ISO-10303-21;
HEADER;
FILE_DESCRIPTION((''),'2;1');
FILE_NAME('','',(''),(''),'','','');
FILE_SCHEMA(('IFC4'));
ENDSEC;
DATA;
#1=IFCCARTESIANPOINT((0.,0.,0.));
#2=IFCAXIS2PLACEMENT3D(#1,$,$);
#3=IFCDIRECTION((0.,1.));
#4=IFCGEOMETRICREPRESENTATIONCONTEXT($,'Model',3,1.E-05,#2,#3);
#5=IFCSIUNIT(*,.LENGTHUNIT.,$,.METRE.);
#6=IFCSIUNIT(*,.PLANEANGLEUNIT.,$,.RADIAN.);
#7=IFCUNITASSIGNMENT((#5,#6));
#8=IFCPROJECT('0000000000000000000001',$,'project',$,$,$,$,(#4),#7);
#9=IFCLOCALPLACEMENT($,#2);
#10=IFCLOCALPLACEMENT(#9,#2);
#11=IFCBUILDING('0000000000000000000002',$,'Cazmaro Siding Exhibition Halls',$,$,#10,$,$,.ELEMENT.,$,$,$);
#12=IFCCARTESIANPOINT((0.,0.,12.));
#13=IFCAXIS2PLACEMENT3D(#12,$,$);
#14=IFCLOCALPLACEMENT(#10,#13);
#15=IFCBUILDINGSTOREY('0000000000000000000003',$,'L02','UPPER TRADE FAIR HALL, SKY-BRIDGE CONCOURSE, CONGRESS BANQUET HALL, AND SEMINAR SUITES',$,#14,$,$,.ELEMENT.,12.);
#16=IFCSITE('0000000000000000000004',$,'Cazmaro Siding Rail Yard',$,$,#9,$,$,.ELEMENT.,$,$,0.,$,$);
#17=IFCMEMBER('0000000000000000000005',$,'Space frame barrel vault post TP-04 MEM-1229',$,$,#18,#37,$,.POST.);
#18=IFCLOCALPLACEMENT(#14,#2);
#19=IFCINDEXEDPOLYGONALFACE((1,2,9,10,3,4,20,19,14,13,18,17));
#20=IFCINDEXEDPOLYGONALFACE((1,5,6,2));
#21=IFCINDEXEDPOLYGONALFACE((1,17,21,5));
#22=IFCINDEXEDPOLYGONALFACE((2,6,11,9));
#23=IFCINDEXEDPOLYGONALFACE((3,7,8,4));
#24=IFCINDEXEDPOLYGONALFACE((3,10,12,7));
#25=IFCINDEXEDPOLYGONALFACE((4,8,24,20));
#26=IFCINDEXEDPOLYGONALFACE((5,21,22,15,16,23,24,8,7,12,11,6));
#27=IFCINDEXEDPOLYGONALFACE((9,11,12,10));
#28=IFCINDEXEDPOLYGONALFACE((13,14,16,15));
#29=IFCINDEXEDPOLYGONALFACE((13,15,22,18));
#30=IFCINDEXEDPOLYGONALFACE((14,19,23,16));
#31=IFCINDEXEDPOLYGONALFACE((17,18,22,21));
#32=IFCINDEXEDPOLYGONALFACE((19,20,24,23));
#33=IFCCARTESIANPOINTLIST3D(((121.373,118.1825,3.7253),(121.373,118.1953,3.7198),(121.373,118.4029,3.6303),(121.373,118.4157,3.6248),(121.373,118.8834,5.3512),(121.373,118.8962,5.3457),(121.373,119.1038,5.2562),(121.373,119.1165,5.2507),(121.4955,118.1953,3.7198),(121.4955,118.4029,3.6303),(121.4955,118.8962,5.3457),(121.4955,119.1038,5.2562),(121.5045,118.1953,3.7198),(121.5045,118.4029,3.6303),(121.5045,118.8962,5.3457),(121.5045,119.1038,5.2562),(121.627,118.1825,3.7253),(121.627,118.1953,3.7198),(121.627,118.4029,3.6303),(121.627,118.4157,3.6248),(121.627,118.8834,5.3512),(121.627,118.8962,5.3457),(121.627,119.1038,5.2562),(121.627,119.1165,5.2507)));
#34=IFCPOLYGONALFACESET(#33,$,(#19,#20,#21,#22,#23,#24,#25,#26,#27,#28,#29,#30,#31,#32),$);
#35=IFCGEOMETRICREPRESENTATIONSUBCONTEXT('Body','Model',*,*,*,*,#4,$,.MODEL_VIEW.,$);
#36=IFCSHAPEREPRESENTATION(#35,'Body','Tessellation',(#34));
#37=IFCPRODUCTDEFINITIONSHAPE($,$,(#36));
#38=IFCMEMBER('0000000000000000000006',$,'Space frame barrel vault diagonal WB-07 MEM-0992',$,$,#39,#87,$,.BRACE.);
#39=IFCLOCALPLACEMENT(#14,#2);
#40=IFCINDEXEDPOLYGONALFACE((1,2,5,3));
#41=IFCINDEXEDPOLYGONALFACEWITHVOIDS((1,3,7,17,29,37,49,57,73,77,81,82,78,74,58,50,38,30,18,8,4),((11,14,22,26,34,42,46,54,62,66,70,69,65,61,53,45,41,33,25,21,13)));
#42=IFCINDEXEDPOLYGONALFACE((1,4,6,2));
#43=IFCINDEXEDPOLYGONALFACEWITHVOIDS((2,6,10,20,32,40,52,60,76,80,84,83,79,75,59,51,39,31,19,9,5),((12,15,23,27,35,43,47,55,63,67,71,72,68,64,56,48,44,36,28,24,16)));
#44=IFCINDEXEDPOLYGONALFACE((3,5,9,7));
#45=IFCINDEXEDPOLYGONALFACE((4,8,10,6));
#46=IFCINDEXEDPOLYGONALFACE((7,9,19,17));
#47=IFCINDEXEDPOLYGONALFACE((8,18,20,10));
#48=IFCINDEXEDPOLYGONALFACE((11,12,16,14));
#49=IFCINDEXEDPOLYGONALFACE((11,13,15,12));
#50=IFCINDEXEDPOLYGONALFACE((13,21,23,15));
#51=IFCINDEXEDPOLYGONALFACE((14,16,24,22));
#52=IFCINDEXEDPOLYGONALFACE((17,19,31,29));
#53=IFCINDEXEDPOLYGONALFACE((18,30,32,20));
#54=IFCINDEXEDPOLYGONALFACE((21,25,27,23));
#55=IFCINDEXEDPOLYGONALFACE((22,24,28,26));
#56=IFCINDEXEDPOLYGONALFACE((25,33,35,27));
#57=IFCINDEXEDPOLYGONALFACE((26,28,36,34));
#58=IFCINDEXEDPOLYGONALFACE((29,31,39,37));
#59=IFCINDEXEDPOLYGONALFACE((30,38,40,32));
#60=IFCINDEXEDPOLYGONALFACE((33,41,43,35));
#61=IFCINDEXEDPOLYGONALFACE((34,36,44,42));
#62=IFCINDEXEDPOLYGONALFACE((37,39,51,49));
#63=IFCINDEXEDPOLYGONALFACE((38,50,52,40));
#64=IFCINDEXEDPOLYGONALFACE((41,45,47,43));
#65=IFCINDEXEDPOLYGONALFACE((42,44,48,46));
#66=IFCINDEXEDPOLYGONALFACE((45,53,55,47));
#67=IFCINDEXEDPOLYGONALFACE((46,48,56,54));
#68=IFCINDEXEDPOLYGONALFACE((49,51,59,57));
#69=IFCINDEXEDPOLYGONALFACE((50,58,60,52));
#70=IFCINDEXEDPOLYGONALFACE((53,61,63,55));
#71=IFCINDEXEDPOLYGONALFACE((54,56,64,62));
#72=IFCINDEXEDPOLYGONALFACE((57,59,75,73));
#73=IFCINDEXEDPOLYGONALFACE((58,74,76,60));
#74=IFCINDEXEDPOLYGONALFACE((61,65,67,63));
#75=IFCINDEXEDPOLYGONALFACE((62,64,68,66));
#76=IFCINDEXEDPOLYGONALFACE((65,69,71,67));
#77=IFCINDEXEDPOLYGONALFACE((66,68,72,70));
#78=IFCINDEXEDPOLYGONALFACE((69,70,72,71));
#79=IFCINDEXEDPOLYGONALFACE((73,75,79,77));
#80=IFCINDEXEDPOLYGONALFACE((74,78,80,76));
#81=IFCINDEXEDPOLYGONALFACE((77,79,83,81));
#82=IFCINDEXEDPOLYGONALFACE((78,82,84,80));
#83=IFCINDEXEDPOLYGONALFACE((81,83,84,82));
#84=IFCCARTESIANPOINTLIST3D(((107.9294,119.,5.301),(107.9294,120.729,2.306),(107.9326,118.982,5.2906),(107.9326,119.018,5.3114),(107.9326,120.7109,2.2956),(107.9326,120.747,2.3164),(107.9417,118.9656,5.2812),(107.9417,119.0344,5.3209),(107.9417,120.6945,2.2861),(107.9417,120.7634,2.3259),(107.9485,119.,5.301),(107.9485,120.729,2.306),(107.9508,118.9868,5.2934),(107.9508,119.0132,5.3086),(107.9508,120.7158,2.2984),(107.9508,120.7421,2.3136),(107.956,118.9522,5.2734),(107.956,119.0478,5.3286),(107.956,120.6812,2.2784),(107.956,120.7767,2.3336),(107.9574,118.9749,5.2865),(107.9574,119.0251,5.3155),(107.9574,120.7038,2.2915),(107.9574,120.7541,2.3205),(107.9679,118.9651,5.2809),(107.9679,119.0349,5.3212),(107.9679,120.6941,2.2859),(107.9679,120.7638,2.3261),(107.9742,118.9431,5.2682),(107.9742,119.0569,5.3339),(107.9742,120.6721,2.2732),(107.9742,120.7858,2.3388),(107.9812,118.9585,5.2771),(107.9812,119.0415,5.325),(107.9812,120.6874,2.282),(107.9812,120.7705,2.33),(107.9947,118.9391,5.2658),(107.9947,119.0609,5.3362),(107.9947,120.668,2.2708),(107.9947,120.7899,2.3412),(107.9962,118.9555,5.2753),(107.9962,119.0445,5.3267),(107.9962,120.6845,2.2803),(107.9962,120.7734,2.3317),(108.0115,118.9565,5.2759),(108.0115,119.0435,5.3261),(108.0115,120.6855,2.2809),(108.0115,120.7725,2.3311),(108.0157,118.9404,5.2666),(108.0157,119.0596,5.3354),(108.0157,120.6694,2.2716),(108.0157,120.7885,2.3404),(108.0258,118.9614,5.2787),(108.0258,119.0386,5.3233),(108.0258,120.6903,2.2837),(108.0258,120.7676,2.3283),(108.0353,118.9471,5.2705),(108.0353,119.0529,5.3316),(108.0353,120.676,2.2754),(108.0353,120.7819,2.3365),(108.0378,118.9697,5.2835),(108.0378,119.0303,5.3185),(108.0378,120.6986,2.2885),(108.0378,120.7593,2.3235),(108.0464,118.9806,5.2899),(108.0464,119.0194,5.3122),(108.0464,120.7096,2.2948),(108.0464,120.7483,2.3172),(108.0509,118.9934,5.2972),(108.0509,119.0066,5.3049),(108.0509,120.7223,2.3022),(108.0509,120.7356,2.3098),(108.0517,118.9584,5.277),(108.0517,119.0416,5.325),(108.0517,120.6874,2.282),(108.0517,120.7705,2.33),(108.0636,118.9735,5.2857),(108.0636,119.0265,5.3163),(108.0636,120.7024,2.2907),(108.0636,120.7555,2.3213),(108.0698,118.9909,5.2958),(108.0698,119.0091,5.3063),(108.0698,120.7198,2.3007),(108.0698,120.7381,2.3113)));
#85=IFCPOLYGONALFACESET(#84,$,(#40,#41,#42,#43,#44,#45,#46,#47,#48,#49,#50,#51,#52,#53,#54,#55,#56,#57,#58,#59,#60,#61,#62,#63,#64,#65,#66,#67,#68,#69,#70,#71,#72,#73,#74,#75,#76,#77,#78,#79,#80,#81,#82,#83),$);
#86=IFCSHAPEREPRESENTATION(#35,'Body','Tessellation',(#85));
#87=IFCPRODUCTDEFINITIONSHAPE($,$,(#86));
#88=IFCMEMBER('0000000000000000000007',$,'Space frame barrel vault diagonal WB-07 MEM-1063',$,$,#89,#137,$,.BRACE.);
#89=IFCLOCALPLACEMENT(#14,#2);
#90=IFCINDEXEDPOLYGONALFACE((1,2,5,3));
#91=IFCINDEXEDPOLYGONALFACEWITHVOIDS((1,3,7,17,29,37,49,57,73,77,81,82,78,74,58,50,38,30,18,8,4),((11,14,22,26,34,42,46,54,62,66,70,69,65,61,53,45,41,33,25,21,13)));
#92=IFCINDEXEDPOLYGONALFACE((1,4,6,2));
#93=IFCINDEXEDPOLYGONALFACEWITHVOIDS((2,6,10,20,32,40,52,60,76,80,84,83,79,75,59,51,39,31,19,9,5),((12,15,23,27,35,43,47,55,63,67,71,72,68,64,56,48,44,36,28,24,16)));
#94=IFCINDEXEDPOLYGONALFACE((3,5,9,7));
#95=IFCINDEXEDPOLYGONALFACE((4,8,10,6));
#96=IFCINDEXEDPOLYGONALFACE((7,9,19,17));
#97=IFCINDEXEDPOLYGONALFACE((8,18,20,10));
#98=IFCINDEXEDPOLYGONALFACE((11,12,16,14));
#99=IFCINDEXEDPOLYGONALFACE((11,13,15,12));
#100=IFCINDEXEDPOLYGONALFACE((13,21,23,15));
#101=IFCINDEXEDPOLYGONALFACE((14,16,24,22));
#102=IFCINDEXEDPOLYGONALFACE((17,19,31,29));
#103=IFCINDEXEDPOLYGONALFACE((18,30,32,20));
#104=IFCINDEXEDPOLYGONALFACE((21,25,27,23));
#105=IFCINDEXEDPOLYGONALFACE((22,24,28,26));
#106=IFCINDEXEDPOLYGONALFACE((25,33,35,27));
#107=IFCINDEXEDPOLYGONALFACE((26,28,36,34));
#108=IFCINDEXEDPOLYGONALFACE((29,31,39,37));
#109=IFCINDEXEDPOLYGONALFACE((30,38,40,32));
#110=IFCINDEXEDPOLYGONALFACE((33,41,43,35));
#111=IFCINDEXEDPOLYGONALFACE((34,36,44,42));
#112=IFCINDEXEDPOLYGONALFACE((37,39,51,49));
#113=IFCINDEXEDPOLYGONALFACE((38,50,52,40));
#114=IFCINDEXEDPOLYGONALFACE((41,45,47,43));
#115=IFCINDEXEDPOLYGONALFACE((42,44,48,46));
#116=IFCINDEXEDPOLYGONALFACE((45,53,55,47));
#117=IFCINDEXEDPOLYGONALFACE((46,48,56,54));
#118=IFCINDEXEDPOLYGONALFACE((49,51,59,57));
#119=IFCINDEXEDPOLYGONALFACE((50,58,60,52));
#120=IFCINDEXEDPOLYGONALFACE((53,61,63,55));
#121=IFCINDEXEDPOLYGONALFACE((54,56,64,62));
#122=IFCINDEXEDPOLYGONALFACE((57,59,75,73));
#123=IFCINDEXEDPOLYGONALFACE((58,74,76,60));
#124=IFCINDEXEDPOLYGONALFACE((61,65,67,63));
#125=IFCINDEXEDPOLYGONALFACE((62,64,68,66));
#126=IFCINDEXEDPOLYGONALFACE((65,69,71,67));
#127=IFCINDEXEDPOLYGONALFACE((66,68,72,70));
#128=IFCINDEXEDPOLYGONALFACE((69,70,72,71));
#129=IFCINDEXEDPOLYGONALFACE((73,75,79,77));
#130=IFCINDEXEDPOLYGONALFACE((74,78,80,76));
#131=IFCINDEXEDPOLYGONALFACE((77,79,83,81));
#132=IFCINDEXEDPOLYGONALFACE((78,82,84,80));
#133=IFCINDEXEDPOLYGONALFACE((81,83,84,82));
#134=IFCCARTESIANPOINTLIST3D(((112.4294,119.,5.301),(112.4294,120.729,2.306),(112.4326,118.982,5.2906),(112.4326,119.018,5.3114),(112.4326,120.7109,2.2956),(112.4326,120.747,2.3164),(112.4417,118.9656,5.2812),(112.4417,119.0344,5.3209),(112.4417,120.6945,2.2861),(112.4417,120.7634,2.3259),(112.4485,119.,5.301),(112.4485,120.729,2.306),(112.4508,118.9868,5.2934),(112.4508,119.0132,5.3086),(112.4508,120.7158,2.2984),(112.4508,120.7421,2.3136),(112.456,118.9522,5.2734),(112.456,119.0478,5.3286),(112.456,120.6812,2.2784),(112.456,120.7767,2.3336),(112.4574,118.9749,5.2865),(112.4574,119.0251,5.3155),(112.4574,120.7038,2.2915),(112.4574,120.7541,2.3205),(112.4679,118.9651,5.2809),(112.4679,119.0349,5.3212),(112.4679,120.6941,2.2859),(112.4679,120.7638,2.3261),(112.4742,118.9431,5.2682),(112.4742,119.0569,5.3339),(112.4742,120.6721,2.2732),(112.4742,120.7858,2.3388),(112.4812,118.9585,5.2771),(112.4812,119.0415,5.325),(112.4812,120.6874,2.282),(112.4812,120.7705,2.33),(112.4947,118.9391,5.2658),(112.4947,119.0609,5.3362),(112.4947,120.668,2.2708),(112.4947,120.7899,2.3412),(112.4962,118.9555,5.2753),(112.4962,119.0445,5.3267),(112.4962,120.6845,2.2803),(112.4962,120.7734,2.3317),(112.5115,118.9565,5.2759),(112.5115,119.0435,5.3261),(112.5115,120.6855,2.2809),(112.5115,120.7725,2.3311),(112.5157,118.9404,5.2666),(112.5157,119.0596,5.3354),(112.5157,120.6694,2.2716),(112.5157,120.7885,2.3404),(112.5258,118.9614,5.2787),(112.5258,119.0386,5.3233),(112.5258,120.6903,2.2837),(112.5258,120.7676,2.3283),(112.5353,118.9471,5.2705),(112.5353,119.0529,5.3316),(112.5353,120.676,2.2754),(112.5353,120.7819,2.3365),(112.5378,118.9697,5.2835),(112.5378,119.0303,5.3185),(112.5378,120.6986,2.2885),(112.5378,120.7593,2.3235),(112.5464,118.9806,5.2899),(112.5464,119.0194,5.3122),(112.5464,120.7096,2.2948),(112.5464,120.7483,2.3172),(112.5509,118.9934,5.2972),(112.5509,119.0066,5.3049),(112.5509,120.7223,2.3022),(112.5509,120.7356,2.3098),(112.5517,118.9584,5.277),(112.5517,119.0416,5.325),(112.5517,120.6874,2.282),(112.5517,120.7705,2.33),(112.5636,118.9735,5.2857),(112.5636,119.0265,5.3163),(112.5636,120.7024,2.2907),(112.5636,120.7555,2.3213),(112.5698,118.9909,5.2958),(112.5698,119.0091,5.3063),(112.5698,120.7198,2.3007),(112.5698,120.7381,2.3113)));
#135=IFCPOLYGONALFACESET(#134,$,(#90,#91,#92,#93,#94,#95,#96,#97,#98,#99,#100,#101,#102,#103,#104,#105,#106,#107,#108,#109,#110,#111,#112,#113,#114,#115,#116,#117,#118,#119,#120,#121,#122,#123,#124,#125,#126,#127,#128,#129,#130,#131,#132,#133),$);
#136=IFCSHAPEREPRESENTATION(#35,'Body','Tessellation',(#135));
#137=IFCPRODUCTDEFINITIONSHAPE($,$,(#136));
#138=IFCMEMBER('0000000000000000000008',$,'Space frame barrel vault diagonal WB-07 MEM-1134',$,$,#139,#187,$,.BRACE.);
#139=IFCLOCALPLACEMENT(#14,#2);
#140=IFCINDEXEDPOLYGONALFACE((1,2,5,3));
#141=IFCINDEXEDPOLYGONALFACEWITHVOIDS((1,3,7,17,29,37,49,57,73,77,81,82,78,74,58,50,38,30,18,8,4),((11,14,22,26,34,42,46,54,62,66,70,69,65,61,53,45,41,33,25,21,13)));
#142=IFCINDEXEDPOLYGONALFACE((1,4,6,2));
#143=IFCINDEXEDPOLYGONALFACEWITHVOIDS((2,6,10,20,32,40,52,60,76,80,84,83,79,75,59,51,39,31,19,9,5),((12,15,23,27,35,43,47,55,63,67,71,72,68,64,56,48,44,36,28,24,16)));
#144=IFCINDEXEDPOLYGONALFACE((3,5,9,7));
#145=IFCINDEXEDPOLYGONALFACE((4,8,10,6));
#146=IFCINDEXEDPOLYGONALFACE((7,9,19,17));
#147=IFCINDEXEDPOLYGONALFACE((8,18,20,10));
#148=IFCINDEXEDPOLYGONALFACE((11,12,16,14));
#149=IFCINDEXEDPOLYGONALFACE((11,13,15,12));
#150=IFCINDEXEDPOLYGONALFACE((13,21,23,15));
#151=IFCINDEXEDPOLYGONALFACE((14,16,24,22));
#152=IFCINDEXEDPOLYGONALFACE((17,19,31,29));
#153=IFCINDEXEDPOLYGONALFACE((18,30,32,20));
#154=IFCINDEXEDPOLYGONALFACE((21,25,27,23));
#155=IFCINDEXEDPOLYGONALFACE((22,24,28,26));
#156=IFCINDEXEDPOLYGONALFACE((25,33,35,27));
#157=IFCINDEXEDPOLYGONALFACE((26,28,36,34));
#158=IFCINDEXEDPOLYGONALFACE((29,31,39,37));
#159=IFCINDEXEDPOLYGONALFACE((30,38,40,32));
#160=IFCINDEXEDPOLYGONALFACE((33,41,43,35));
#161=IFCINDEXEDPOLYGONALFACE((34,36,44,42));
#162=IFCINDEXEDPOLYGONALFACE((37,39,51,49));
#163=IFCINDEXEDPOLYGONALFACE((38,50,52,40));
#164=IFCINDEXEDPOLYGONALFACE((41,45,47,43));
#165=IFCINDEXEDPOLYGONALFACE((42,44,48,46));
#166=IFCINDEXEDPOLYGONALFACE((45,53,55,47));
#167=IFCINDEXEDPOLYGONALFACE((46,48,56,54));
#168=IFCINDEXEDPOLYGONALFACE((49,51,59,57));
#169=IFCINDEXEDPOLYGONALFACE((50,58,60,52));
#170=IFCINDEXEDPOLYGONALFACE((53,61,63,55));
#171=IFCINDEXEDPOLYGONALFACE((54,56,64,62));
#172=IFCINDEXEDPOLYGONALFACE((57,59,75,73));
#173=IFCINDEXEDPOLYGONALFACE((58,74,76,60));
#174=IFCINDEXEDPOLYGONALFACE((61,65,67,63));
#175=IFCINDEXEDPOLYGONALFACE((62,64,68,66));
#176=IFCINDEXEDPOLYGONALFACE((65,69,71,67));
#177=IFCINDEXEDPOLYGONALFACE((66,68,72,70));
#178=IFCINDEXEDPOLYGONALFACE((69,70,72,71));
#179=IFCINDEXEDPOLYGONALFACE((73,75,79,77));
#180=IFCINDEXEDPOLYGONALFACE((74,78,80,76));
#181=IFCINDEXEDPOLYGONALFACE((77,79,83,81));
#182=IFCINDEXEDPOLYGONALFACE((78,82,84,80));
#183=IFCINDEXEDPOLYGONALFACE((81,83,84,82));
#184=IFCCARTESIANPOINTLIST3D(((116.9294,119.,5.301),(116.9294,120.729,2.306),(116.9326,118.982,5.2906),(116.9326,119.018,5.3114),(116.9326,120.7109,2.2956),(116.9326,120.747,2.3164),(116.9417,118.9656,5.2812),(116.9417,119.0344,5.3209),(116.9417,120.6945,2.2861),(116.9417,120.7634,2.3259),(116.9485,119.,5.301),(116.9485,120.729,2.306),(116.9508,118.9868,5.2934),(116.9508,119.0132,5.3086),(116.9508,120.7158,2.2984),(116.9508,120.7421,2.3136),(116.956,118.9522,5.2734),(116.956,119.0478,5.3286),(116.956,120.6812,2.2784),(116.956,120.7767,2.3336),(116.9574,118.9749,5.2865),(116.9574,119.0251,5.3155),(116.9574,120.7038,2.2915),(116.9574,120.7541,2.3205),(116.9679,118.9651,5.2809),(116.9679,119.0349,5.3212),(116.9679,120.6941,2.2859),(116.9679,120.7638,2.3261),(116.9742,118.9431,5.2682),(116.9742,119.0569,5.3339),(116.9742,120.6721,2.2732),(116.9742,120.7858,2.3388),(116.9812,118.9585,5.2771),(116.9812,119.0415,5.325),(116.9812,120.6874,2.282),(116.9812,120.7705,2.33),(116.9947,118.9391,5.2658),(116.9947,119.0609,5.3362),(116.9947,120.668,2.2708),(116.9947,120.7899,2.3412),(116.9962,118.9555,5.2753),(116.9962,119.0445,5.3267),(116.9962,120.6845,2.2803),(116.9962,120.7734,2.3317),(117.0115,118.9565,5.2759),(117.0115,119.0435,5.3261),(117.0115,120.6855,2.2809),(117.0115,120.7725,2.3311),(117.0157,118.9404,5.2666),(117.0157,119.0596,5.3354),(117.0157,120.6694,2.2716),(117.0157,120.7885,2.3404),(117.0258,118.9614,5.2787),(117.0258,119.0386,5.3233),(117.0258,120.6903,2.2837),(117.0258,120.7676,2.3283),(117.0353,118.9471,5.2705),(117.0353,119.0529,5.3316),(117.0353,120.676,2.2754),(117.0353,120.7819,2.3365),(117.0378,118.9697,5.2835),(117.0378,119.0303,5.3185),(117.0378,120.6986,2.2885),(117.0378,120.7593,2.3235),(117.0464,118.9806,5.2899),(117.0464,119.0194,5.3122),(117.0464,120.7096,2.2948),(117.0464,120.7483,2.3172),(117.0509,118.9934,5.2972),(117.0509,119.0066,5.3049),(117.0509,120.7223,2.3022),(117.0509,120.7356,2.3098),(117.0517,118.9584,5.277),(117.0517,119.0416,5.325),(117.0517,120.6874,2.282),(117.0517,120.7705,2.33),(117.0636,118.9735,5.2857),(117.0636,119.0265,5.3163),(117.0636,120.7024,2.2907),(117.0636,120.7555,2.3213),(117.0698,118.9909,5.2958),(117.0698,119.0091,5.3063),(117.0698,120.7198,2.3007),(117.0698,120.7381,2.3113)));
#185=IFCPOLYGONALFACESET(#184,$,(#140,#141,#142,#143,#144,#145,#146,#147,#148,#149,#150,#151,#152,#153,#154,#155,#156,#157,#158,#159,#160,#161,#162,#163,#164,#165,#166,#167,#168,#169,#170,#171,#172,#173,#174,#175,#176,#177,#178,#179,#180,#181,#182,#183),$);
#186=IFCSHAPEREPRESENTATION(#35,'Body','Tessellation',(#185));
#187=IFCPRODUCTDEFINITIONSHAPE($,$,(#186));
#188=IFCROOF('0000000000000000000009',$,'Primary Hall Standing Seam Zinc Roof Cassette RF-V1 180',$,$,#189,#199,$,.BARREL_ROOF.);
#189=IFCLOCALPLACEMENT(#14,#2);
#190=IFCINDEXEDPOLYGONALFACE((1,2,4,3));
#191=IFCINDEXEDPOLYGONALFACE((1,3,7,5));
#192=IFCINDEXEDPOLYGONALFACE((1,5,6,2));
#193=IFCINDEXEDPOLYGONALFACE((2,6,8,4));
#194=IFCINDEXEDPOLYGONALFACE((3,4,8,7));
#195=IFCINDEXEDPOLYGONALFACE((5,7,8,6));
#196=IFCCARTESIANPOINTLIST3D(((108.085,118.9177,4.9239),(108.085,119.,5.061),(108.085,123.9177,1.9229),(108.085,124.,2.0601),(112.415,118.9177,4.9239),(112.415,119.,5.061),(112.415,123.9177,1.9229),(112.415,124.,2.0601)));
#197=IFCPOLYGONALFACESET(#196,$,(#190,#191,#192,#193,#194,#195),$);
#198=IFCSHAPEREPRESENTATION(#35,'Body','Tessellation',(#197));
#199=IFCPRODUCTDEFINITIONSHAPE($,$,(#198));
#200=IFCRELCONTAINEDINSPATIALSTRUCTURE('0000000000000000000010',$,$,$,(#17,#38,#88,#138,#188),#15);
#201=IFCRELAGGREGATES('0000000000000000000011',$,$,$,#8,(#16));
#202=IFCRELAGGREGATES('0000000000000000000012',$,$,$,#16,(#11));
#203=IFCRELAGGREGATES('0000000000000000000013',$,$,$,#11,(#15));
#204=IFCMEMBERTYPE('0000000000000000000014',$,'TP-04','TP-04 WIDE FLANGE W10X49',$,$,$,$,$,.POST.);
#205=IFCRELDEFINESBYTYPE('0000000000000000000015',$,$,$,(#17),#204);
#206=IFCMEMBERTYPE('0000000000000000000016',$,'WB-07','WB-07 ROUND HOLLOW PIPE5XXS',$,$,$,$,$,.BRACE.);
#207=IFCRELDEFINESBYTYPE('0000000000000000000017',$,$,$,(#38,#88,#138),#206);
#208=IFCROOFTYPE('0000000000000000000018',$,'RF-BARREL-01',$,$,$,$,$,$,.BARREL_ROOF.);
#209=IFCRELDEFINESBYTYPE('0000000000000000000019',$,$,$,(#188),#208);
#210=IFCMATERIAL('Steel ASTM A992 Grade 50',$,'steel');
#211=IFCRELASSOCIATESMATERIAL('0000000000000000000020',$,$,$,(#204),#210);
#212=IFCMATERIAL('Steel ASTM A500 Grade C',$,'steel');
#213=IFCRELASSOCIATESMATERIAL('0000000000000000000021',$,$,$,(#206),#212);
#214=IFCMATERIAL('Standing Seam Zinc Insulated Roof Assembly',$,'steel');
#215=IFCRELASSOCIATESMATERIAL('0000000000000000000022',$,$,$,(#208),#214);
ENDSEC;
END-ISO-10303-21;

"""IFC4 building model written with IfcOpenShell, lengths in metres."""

from ifc_helpers import new_model, si_unit, direction, frame, origin, origin_2d, place, context, subcontext, project, spatial, polyline, hollow_circle, i_section, outline, extrude, material, material_profile, profile_set, type_object, element, save


model = new_model("IFC4")

# Units and contexts
model_context = context("Model", 3, precision=1e-05, world=origin(), true_north=direction((0.0, 1.0)))
body_context = subcontext(model_context, "Body", "Model", "MODEL_VIEW")
ifc_project = project(units=[si_unit("LENGTHUNIT", "METRE"), si_unit("PLANEANGLEUNIT", "RADIAN")], contexts=[model_context])

# Site, building, storey
site_placement = place(None, origin())
site = spatial("IfcSite", under=ifc_project, at=site_placement, Name="Cazmaro Siding Rail Yard", CompositionType="ELEMENT", RefElevation=0.0)
building_placement = place(site_placement, origin())
building = spatial("IfcBuilding", under=site, at=building_placement, Name="Cazmaro Siding Exhibition Halls", CompositionType="ELEMENT")
storey_placement = place(building_placement, frame((0.0, 0.0, 12.0)))
storey = spatial("IfcBuildingStorey", under=building, at=storey_placement, Name="L02", Description="UPPER TRADE FAIR HALL, SKY-BRIDGE CONCOURSE, CONGRESS BANQUET HALL, AND SEMINAR SUITES", CompositionType="ELEMENT", Elevation=12.0)

# Members
ifc_material_1 = material(Name="Steel ASTM A992 Grade 50", Category="steel")
ifc_material_profile_1 = material_profile(ifc_material_1, i_section(OverallWidth=0.2539, OverallDepth=0.2539, WebThickness=0.009, FlangeThickness=0.0139, at=origin_2d()), Name="W10X49")
ifc_profile_set_1 = profile_set([ifc_material_profile_1], Name="Steel ASTM A992 Grade 50")
member_type_1 = type_object("IfcMemberType", Name="TP-04", Description="TP-04 WIDE FLANGE W10X49", PredefinedType="POST", material=ifc_profile_set_1)
for number, where, z_axis, x_axis, name in (
    (1, (121.5, 118.2991, 3.675), (0.0, 0.395865, 0.918309), (-1.0, 0.0, 0.0), "Space frame barrel vault post TP-04 MEM-1229"),
):
    element("IfcMember", number, at=place(storey_placement, frame(where, z_axis=z_axis, x_axis=x_axis)), inside=storey, type_object=member_type_1, Name=name, PredefinedType="POST", context=body_context, shape_type="SweptSolid", body=[
        extrude(i_section(OverallWidth=0.2539, OverallDepth=0.2539, WebThickness=0.009, FlangeThickness=0.0139, at=origin_2d()), origin(), (0.0, 0.0, 1.0), 1.7705),
    ])
ifc_material_2 = material(Name="Steel ASTM A500 Grade C", Category="steel")
ifc_material_profile_2 = material_profile(ifc_material_2, hollow_circle(Radius=0.0706, WallThickness=0.019, at=origin_2d()), Name="PIPE5XXS")
ifc_profile_set_2 = profile_set([ifc_material_profile_2], Name="Steel ASTM A500 Grade C")
member_type_2 = type_object("IfcMemberType", Name="WB-07", Description="WB-07 ROUND HOLLOW PIPE5XXS", PredefinedType="BRACE", material=ifc_profile_set_2)
for number, where, z_axis, x_axis, name in (
    (2, (108.0, 119.0, 5.301), (0.0, 0.499951, -0.866054), (-1.0, 0.0, 0.0), "Space frame barrel vault diagonal WB-07 MEM-0992"),
    (3, (112.5, 119.0, 5.301), (0.0, 0.499951, -0.866054), (-1.0, 0.0, 0.0), "Space frame barrel vault diagonal WB-07 MEM-1063"),
    (4, (117.0, 119.0, 5.301), (0.0, 0.499951, -0.866054), (-1.0, 0.0, 0.0), "Space frame barrel vault diagonal WB-07 MEM-1134"),
):
    element("IfcMember", number, at=place(storey_placement, frame(where, z_axis=z_axis, x_axis=x_axis)), inside=storey, type_object=member_type_2, Name=name, PredefinedType="BRACE", context=body_context, shape_type="SweptSolid", body=[
        extrude(hollow_circle(Radius=0.0706, WallThickness=0.019, at=origin_2d()), origin(), (0.0, 0.0, 1.0), 3.4583),
    ])

# Roof
ifc_material_3 = material(Name="Standing Seam Zinc Insulated Roof Assembly", Category="steel")
roof_type = type_object("IfcRoofType", Name="RF-BARREL-01", PredefinedType="BARREL_ROOF", material=ifc_material_3)
for number, where, z_axis, x_axis, name in (
    (5, (108.085, 119.0, 5.061), (0.0, 0.514619, 0.857419), (1.0, 0.0, 0.0), "Primary Hall Standing Seam Zinc Roof Cassette RF-V1 180"),
):
    element("IfcRoof", number, at=place(storey_placement, frame(where, z_axis=z_axis, x_axis=x_axis)), inside=storey, type_object=roof_type, Name=name, PredefinedType="BARREL_ROOF", context=body_context, shape_type="SweptSolid", body=[
        extrude(outline(polyline([(0.0, 0.0), (4.3301, 0.0), (4.3301, 5.8315), (0.0, 5.8315), (0.0, 0.0)])), origin(), (0.0, 0.0, -1.0), 0.1599),
    ])

save(model, "model.ifc")
